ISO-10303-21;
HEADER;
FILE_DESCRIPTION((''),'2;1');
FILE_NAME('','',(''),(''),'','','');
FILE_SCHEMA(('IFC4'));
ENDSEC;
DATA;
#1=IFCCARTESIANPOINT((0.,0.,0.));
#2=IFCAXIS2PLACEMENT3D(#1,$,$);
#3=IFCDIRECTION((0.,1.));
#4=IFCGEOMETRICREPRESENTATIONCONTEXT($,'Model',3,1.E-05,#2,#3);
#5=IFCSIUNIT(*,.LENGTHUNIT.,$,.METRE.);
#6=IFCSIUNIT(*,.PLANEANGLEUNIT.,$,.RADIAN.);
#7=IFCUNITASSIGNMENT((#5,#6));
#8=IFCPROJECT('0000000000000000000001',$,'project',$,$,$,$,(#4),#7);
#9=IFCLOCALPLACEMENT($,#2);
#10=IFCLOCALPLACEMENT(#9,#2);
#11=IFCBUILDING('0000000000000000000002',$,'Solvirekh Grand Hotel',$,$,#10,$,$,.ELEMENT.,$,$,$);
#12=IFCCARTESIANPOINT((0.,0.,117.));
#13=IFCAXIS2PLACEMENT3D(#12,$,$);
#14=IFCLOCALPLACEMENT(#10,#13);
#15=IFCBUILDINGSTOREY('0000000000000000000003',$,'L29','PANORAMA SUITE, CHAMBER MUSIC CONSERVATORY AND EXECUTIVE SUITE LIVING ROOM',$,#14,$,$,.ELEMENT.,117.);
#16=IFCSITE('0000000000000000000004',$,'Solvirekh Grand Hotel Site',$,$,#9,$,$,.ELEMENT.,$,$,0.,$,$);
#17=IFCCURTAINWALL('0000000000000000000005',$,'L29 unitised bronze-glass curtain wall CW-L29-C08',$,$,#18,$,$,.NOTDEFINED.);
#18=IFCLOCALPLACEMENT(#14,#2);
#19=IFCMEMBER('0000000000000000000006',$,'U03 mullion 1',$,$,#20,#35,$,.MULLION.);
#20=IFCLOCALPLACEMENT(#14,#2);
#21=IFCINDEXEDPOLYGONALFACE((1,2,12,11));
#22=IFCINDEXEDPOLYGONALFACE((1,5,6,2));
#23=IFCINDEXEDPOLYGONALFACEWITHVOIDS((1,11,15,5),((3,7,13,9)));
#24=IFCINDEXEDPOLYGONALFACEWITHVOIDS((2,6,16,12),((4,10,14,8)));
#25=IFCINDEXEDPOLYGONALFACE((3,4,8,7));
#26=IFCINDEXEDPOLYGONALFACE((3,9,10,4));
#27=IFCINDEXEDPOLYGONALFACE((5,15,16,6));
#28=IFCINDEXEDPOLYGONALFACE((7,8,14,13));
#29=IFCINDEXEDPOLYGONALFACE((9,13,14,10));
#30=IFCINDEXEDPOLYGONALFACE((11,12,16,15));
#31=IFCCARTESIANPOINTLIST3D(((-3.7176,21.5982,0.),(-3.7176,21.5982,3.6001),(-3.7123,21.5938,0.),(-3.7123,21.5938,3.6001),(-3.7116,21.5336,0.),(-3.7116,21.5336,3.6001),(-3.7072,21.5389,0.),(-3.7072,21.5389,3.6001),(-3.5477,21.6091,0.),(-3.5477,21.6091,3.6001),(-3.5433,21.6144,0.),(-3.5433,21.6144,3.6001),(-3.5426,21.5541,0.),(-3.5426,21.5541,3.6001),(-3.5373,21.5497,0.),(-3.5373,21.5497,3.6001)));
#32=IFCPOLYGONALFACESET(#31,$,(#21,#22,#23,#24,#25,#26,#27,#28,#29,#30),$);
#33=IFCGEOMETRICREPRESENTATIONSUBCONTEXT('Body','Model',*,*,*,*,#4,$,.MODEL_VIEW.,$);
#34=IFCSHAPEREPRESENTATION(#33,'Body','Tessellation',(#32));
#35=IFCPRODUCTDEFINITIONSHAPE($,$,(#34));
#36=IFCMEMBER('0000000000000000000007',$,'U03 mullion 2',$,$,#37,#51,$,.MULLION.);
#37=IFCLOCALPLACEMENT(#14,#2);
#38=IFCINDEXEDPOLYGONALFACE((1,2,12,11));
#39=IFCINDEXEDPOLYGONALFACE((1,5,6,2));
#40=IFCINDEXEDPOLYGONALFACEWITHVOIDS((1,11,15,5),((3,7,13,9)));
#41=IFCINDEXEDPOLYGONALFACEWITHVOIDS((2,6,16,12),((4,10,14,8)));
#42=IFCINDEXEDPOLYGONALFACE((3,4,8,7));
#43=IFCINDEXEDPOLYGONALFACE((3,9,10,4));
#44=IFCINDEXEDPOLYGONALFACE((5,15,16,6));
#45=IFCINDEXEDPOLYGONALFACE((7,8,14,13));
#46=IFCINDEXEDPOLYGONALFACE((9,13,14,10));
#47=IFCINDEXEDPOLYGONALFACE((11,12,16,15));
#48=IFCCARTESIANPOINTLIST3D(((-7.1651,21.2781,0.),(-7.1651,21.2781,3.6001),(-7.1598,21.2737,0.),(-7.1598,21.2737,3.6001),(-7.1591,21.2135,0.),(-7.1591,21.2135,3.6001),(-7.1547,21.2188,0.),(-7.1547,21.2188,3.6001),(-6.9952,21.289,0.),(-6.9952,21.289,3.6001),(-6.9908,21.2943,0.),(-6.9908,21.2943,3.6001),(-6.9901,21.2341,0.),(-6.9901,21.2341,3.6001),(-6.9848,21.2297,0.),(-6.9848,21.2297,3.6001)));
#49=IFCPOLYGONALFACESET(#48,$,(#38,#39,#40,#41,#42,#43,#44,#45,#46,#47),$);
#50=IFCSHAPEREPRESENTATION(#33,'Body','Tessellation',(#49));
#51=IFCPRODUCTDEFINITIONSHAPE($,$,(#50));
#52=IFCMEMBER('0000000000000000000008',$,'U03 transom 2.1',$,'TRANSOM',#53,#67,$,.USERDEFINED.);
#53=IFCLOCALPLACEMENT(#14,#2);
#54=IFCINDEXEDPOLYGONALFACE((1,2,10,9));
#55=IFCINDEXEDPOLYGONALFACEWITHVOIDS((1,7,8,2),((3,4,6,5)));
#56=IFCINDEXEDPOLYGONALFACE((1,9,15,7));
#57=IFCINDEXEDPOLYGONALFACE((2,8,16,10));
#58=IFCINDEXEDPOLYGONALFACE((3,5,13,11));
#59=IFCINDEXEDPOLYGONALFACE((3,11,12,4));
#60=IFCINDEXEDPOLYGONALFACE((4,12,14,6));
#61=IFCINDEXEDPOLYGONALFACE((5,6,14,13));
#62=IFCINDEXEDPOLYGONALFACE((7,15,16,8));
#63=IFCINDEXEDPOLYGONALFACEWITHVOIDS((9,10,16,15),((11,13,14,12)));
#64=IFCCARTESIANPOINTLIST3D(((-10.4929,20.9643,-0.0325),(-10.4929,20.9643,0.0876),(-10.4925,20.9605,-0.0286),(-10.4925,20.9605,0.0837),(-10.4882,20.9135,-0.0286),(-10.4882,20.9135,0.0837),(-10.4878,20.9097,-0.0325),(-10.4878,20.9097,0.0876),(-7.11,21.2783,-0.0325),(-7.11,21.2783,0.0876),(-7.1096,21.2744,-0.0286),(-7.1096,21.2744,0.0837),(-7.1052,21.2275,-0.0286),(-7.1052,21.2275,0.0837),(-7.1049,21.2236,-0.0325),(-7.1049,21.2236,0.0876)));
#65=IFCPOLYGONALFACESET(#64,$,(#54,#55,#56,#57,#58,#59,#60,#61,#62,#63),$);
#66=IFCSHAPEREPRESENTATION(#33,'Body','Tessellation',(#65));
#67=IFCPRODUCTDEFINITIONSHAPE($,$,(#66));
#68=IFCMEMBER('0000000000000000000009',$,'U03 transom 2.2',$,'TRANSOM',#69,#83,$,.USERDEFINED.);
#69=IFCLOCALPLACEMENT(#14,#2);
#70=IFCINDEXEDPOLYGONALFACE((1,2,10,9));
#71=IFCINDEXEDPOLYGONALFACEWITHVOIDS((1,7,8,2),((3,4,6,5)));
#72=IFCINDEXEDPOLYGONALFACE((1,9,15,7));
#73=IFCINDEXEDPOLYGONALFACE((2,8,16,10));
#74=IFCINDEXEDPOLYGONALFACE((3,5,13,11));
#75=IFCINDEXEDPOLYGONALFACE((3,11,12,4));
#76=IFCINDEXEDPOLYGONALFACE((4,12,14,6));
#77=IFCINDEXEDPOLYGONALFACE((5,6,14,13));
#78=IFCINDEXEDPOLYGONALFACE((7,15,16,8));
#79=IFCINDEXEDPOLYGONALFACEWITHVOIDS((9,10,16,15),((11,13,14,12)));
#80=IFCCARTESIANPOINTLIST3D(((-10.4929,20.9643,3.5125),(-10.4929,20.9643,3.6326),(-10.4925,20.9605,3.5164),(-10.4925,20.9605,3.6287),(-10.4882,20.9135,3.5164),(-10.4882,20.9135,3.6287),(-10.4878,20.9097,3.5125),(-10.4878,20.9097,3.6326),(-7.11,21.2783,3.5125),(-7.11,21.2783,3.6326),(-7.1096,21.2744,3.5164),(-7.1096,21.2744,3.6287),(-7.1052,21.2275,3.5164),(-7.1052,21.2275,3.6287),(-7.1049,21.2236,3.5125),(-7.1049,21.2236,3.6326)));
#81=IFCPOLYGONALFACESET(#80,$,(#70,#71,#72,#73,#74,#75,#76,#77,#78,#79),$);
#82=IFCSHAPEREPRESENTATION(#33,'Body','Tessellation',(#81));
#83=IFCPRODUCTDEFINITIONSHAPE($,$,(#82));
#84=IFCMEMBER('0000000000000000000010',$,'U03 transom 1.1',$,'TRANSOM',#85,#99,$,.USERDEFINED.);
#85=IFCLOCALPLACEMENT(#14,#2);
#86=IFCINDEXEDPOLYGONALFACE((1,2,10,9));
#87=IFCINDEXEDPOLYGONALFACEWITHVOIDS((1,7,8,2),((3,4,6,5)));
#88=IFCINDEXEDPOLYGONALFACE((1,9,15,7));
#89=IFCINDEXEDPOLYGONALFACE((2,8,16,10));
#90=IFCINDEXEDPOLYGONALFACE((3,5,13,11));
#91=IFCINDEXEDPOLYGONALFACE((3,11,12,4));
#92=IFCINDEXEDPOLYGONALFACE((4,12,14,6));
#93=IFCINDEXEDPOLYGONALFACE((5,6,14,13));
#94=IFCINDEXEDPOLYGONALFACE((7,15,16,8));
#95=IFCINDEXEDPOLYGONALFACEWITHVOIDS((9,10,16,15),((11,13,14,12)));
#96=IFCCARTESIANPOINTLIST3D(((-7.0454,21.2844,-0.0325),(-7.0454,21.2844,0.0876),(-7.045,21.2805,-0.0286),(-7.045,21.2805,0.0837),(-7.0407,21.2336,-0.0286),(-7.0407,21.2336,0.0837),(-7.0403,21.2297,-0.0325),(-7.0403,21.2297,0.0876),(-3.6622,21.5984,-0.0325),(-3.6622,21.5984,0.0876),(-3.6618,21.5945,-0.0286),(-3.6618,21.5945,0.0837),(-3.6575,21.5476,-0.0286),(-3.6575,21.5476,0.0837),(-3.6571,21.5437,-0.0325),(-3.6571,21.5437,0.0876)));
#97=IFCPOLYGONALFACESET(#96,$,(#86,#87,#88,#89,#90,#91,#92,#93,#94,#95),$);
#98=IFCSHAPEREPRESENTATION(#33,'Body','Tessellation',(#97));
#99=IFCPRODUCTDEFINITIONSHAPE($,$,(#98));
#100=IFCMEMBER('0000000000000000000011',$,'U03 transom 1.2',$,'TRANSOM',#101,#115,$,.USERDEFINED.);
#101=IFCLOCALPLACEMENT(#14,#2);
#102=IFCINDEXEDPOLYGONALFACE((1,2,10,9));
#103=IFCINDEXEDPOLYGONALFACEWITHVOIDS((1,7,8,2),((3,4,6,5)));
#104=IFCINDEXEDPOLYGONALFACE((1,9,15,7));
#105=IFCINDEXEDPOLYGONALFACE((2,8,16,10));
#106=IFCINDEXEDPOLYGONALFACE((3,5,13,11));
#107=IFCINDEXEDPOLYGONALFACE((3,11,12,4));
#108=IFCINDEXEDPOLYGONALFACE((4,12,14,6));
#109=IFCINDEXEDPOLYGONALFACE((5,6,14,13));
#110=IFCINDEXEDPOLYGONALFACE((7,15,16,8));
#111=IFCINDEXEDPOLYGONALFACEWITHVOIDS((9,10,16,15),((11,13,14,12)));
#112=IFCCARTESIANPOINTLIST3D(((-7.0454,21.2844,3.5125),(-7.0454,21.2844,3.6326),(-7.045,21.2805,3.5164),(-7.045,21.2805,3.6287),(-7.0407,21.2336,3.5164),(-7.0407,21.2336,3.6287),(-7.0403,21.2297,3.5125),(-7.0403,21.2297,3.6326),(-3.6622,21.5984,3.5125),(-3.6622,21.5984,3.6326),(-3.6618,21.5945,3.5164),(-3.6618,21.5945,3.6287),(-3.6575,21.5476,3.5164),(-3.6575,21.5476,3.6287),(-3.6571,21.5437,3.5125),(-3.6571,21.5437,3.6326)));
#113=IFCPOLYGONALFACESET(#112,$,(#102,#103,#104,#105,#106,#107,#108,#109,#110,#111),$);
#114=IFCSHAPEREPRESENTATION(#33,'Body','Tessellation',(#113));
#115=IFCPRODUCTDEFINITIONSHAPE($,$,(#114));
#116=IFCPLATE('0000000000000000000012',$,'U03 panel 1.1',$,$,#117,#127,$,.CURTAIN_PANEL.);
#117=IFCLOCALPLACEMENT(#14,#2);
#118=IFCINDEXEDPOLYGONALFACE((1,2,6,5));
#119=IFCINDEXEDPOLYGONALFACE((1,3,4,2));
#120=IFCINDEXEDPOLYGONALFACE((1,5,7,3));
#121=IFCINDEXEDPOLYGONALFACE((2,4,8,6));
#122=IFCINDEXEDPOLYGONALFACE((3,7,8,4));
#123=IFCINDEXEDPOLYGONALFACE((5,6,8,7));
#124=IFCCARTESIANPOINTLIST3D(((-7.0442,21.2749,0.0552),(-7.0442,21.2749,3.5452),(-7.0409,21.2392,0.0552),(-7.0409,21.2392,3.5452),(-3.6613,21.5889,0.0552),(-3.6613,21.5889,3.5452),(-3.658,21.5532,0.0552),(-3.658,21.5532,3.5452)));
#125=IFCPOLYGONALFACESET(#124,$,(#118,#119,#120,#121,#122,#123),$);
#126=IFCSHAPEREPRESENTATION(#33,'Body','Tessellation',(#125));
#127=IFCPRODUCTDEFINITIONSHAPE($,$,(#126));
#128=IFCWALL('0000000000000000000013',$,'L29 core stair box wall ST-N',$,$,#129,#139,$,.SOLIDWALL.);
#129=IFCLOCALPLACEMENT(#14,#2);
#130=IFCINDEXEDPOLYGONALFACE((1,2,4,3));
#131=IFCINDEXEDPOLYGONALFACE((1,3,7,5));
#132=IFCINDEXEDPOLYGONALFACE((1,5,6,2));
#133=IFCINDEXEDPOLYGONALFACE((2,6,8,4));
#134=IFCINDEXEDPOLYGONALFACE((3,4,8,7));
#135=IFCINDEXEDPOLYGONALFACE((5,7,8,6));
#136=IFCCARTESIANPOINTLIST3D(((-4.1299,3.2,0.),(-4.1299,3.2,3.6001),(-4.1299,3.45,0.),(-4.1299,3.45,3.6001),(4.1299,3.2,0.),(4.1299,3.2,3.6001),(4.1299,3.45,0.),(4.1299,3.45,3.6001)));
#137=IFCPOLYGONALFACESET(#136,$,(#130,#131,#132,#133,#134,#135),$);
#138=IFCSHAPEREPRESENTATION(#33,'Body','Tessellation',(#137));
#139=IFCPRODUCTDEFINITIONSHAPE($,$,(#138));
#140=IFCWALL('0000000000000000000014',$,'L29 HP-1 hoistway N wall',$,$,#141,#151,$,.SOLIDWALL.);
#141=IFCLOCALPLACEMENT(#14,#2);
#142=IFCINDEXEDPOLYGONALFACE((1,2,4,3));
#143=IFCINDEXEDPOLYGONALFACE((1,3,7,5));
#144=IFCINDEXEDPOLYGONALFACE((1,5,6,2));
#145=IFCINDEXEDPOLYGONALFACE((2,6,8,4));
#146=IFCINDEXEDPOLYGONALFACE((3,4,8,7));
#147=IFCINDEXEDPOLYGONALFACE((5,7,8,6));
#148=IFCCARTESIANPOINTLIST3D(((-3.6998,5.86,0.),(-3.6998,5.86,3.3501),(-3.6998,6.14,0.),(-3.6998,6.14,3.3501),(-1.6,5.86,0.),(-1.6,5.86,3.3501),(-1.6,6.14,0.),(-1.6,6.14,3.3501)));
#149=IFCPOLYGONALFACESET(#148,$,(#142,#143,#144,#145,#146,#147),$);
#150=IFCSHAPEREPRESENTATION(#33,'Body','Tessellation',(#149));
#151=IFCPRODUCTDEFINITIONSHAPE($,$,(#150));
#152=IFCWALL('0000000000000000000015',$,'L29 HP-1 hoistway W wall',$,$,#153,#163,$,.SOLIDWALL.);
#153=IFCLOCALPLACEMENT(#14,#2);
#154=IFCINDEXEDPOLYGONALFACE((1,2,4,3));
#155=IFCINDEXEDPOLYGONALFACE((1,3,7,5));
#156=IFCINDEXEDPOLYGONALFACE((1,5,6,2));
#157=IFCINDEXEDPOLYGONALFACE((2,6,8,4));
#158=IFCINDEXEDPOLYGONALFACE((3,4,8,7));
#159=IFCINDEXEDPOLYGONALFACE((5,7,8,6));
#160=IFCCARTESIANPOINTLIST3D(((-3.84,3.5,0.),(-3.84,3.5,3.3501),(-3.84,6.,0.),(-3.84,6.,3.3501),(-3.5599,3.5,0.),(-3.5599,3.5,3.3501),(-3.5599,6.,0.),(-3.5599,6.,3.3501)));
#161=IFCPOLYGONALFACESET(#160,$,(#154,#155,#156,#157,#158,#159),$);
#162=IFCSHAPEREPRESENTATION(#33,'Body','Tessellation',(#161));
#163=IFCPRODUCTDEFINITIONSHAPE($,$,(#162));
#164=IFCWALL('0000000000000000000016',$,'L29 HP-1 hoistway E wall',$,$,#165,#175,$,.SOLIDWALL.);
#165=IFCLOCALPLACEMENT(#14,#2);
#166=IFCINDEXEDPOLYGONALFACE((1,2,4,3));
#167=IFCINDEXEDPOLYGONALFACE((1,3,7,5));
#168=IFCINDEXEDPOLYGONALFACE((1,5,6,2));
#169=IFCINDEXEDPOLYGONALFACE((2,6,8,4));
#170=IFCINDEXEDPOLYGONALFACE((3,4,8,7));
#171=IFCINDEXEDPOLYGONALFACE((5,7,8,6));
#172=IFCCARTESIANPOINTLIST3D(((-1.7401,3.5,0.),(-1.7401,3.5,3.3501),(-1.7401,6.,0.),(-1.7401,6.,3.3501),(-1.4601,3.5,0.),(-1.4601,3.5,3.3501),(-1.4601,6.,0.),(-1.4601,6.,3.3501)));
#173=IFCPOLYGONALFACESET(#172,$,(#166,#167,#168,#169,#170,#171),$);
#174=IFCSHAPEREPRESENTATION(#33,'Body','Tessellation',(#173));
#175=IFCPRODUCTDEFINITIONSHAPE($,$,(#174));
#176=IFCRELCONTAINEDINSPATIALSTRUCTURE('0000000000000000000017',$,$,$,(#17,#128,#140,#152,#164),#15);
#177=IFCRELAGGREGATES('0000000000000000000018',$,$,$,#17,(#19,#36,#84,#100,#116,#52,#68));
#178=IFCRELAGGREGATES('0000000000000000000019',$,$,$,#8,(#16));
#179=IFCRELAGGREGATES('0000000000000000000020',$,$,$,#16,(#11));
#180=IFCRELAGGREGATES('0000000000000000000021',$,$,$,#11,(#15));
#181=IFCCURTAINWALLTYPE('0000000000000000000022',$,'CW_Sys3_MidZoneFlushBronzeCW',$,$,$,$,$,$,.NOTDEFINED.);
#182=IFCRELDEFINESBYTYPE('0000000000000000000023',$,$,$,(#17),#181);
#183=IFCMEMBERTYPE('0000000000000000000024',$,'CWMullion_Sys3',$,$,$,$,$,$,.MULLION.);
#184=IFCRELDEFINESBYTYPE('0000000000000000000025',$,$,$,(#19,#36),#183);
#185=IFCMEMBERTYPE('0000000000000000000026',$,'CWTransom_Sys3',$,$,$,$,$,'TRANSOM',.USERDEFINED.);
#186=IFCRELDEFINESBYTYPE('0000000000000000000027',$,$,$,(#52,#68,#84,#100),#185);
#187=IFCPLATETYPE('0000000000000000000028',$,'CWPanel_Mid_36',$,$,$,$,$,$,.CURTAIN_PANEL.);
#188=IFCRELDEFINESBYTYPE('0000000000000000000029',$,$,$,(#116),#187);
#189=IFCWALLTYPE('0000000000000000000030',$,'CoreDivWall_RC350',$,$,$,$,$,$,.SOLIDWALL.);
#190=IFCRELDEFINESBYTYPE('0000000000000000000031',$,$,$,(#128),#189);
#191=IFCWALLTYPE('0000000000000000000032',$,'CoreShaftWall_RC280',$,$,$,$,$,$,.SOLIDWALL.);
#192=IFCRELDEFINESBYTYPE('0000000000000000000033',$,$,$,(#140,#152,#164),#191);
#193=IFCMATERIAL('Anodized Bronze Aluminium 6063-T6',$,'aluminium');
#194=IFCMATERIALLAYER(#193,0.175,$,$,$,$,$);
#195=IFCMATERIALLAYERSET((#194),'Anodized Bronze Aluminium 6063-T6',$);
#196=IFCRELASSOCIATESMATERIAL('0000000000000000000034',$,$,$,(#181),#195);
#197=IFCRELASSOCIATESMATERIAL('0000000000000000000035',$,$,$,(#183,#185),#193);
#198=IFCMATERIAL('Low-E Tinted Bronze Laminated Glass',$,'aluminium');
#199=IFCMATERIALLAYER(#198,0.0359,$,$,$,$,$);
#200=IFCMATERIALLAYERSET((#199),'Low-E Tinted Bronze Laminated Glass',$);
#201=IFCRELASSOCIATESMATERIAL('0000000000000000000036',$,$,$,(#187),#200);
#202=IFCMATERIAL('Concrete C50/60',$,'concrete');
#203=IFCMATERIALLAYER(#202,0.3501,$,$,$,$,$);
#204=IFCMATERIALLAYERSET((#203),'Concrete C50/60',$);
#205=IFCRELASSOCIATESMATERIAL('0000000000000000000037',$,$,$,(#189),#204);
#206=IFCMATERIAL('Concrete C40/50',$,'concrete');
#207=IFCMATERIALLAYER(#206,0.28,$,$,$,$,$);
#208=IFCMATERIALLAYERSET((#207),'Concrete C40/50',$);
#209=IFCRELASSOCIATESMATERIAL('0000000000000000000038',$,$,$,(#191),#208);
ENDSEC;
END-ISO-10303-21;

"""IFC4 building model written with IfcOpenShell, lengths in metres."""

from ifc_helpers import new_model, si_unit, direction, frame, frame_2d, origin, origin_2d, place, context, subcontext, project, spatial, rectangle, hollow_rectangle, extrude, source, transform, mapped, material, layer, layer_set, material_profile, profile_set, type_object, element, aggregate, save


model = new_model("IFC4")

# Units and contexts
model_context = context("Model", 3, precision=1e-05, world=origin(), true_north=direction((0.0, 1.0)))
body_context = subcontext(model_context, "Body", "Model", "MODEL_VIEW")
ifc_project = project(units=[si_unit("LENGTHUNIT", "METRE"), si_unit("PLANEANGLEUNIT", "RADIAN")], contexts=[model_context])

# Site, building, storey
site_placement = place(None, origin())
site = spatial("IfcSite", under=ifc_project, at=site_placement, Name="Solvirekh Grand Hotel Site", CompositionType="ELEMENT", RefElevation=0.0)
building_placement = place(site_placement, origin())
building = spatial("IfcBuilding", under=site, at=building_placement, Name="Solvirekh Grand Hotel", CompositionType="ELEMENT")
storey_placement = place(building_placement, frame((0.0, 0.0, 117.0)))
storey = spatial("IfcBuildingStorey", under=building, at=storey_placement, Name="L29", Description="PANORAMA SUITE, CHAMBER MUSIC CONSERVATORY AND EXECUTIVE SUITE LIVING ROOM", CompositionType="ELEMENT", Elevation=117.0)

# Shared definitions
ifc_material_1 = material(Name="Concrete C50/60", Category="concrete")

# Curtain wall, members, plate
ifc_material_2 = material(Name="Anodized Bronze Aluminium 6063-T6", Category="aluminium")
ifc_layer_1 = layer(ifc_material_2, 0.175)
ifc_layer_set_1 = layer_set([ifc_layer_1], Name="Anodized Bronze Aluminium 6063-T6")
curtain_wall_type = type_object("IfcCurtainWallType", Name="CW_Sys3_MidZoneFlushBronzeCW", PredefinedType="NOTDEFINED", material=ifc_layer_set_1)
curtain_wall_placement = place(storey_placement, origin())
curtain_wall = element("IfcCurtainWall", 1, at=curtain_wall_placement, inside=storey, type_object=curtain_wall_type, Name="L29 unitised bronze-glass curtain wall CW-L29-C08", PredefinedType="NOTDEFINED")
ifc_material_profile_1 = material_profile(ifc_material_2, hollow_rectangle(XDim=0.0649, YDim=0.175, WallThickness=0.0049, at=origin_2d()), Name="ALU RHS 175X65X5")
ifc_profile_set_1 = profile_set([ifc_material_profile_1], Name="Anodized Bronze Aluminium 6063-T6")
member_type_1 = type_object("IfcMemberType", Name="CWMullion_Sys3", PredefinedType="MULLION", material=ifc_profile_set_1)
shared_shape_1 = source(origin(), body_context, "Body", "SweptSolid", [
    extrude(hollow_rectangle(XDim=0.0649, YDim=0.175, WallThickness=0.0049, at=origin_2d()), origin(), (0.0, 0.0, 1.0), 3.6001),
])
member_1_placement = place(storey_placement, frame((-3.6274, 21.574, 0.0), z_axis=(0.0, 0.0, 1.0), x_axis=(0.092419, -0.99572, 0.0)))
member_1 = element("IfcMember", 2, at=member_1_placement, type_object=member_type_1, Name="U03 mullion 1", PredefinedType="MULLION", context=body_context, shape_type="MappedRepresentation", body=[
    mapped(shared_shape_1, transform((0.0, 0.0, 0.0), x_axis=(1.0, 0.0, 0.0), y_axis=(0.0, 1.0, 0.0), z_axis=(0.0, 0.0, 1.0), scale=1.0)),
])
member_2_placement = place(storey_placement, frame((-7.075, 21.2539, 0.0), z_axis=(0.0, 0.0, 1.0), x_axis=(0.092419, -0.99572, 0.0)))
member_2 = element("IfcMember", 3, at=member_2_placement, type_object=member_type_1, Name="U03 mullion 2", PredefinedType="MULLION", context=body_context, shape_type="MappedRepresentation", body=[
    mapped(shared_shape_1, transform((0.0, 0.0, 0.0), x_axis=(1.0, 0.0, 0.0), y_axis=(0.0, 1.0, 0.0), z_axis=(0.0, 0.0, 1.0), scale=1.0)),
])
ifc_material_profile_2 = material_profile(ifc_material_2, hollow_rectangle(XDim=0.0549, YDim=0.1201, WallThickness=0.0039, at=origin_2d()), Name="ALU RHS 120X55X4")
ifc_profile_set_2 = profile_set([ifc_material_profile_2], Name="Anodized Bronze Aluminium 6063-T6")
member_type_2 = type_object("IfcMemberType", Name="CWTransom_Sys3", ElementType="TRANSOM", PredefinedType="USERDEFINED", material=ifc_profile_set_2)
shared_shape_2 = source(origin(), body_context, "Body", "SweptSolid", [
    extrude(hollow_rectangle(XDim=0.0549, YDim=0.1201, WallThickness=0.0039, at=origin_2d()), origin(), (0.0, 0.0, 1.0), 3.3975),
])
member_3_placement = place(storey_placement, frame((-7.1074, 21.251, 0.0276), z_axis=(-0.995721, -0.092415, 0.0), x_axis=(0.092415, -0.995721, 0.0)))
member_3 = element("IfcMember", 4, at=member_3_placement, type_object=member_type_2, Name="U03 transom 2.1", ObjectType="TRANSOM", PredefinedType="USERDEFINED", context=body_context, shape_type="MappedRepresentation", body=[
    mapped(shared_shape_2, transform((0.0, 0.0, 0.0), x_axis=(1.0, 0.0, 0.0), y_axis=(0.0, 1.0, 0.0), z_axis=(0.0, 0.0, 1.0), scale=1.0)),
])
member_4_placement = place(storey_placement, frame((-7.1074, 21.251, 3.5725), z_axis=(-0.995721, -0.092415, 0.0), x_axis=(0.092415, -0.995721, 0.0)))
member_4 = element("IfcMember", 5, at=member_4_placement, type_object=member_type_2, Name="U03 transom 2.2", ObjectType="TRANSOM", PredefinedType="USERDEFINED", context=body_context, shape_type="MappedRepresentation", body=[
    mapped(shared_shape_2, transform((0.0, 0.0, 0.0), x_axis=(1.0, 0.0, 0.0), y_axis=(0.0, 1.0, 0.0), z_axis=(0.0, 0.0, 1.0), scale=1.0)),
])
shared_shape_3 = source(origin(), body_context, "Body", "SweptSolid", [
    extrude(hollow_rectangle(XDim=0.0549, YDim=0.1201, WallThickness=0.0039, at=origin_2d()), origin(), (0.0, 0.0, 1.0), 3.3977),
])
member_5_placement = place(storey_placement, frame((-3.6597, 21.571, 0.0276), z_axis=(-0.995721, -0.092408, 0.0), x_axis=(0.092408, -0.995721, 0.0)))
member_5 = element("IfcMember", 6, at=member_5_placement, type_object=member_type_2, Name="U03 transom 1.1", ObjectType="TRANSOM", PredefinedType="USERDEFINED", context=body_context, shape_type="MappedRepresentation", body=[
    mapped(shared_shape_3, transform((0.0, 0.0, 0.0), x_axis=(1.0, 0.0, 0.0), y_axis=(0.0, 1.0, 0.0), z_axis=(0.0, 0.0, 1.0), scale=1.0)),
])
member_6_placement = place(storey_placement, frame((-3.6597, 21.571, 3.5725), z_axis=(-0.995721, -0.092408, 0.0), x_axis=(0.092408, -0.995721, 0.0)))
member_6 = element("IfcMember", 7, at=member_6_placement, type_object=member_type_2, Name="U03 transom 1.2", ObjectType="TRANSOM", PredefinedType="USERDEFINED", context=body_context, shape_type="MappedRepresentation", body=[
    mapped(shared_shape_3, transform((0.0, 0.0, 0.0), x_axis=(1.0, 0.0, 0.0), y_axis=(0.0, 1.0, 0.0), z_axis=(0.0, 0.0, 1.0), scale=1.0)),
])
ifc_material_3 = material(Name="Low-E Tinted Bronze Laminated Glass", Category="aluminium")
ifc_layer_2 = layer(ifc_material_3, 0.0359)
ifc_layer_set_2 = layer_set([ifc_layer_2], Name="Low-E Tinted Bronze Laminated Glass")
plate_type = type_object("IfcPlateType", Name="CWPanel_Mid_36", PredefinedType="CURTAIN_PANEL", material=ifc_layer_set_2)
shared_shape_4 = source(origin(), body_context, "Body", "SweptSolid", [
    extrude(rectangle(XDim=3.3975, YDim=0.0359, at=origin_2d()), origin(), (0.0, 0.0, 1.0), 3.49),
])
plate_placement = place(storey_placement, frame((-5.3511, 21.4141, 0.0552), z_axis=(0.0, 0.0, 1.0), x_axis=(-0.99572, -0.092419, 0.0)))
plate = element("IfcPlate", 8, at=plate_placement, type_object=plate_type, Name="U03 panel 1.1", PredefinedType="CURTAIN_PANEL", context=body_context, shape_type="MappedRepresentation", body=[
    mapped(shared_shape_4, transform((0.0, 0.0, 0.0), x_axis=(1.0, 0.0, 0.0), y_axis=(0.0, 1.0, 0.0), z_axis=(0.0, 0.0, 1.0), scale=1.0)),
])
aggregate(curtain_wall, [member_1, member_2, member_5, member_6, plate, member_3, member_4])

# Walls
ifc_layer_3 = layer(ifc_material_1, 0.3501)
ifc_layer_set_3 = layer_set([ifc_layer_3], Name="Concrete C50/60")
wall_type_1 = type_object("IfcWallType", Name="CoreDivWall_RC350", PredefinedType="SOLIDWALL", material=ifc_layer_set_3)
wall_1_placement = place(storey_placement, frame((-4.1299, 3.325, 0.0), z_axis=(0.0, 0.0, 1.0), x_axis=(1.0, 0.0, 0.0)))
element("IfcWall", 9, at=wall_1_placement, inside=storey, type_object=wall_type_1, Name="L29 core stair box wall ST-N", PredefinedType="SOLIDWALL", context=body_context, shape_type="SweptSolid", body=[
    extrude(rectangle(XDim=8.2598, YDim=0.25, at=frame_2d((4.1299, 0.0))), origin(), (0.0, 0.0, 1.0), 3.6001),
])
ifc_material_4 = material(Name="Concrete C40/50", Category="concrete")
ifc_layer_4 = layer(ifc_material_4, 0.28)
ifc_layer_set_4 = layer_set([ifc_layer_4], Name="Concrete C40/50")
wall_type_2 = type_object("IfcWallType", Name="CoreShaftWall_RC280", PredefinedType="SOLIDWALL", material=ifc_layer_set_4)
wall_2_placement = place(storey_placement, frame((-1.6001, 6.0, 0.0), z_axis=(0.0, 0.0, 1.0), x_axis=(-1.0, 0.0, 0.0)))
element("IfcWall", 10, at=wall_2_placement, inside=storey, type_object=wall_type_2, Name="L29 HP-1 hoistway N wall", PredefinedType="SOLIDWALL", context=body_context, shape_type="SweptSolid", body=[
    extrude(rectangle(XDim=2.0999, YDim=0.28, at=frame_2d((1.0498, 0.0))), origin(), (0.0, 0.0, 1.0), 3.3501),
])
for number, where, z_axis, x_axis, name in (
    (11, (-3.7, 6.0, 0.0), (0.0, 0.0, 1.0), (0.0, -1.0, 0.0), "L29 HP-1 hoistway W wall"),
    (12, (-1.6001, 3.5, 0.0), (0.0, 0.0, 1.0), (0.0, 1.0, 0.0), "L29 HP-1 hoistway E wall"),
):
    element("IfcWall", number, at=place(storey_placement, frame(where, z_axis=z_axis, x_axis=x_axis)), inside=storey, type_object=wall_type_2, Name=name, PredefinedType="SOLIDWALL", context=body_context, shape_type="SweptSolid", body=[
        extrude(rectangle(XDim=2.5, YDim=0.28, at=frame_2d((1.25, 0.0))), origin(), (0.0, 0.0, 1.0), 3.3501),
    ])

save(model, "model.ifc")
